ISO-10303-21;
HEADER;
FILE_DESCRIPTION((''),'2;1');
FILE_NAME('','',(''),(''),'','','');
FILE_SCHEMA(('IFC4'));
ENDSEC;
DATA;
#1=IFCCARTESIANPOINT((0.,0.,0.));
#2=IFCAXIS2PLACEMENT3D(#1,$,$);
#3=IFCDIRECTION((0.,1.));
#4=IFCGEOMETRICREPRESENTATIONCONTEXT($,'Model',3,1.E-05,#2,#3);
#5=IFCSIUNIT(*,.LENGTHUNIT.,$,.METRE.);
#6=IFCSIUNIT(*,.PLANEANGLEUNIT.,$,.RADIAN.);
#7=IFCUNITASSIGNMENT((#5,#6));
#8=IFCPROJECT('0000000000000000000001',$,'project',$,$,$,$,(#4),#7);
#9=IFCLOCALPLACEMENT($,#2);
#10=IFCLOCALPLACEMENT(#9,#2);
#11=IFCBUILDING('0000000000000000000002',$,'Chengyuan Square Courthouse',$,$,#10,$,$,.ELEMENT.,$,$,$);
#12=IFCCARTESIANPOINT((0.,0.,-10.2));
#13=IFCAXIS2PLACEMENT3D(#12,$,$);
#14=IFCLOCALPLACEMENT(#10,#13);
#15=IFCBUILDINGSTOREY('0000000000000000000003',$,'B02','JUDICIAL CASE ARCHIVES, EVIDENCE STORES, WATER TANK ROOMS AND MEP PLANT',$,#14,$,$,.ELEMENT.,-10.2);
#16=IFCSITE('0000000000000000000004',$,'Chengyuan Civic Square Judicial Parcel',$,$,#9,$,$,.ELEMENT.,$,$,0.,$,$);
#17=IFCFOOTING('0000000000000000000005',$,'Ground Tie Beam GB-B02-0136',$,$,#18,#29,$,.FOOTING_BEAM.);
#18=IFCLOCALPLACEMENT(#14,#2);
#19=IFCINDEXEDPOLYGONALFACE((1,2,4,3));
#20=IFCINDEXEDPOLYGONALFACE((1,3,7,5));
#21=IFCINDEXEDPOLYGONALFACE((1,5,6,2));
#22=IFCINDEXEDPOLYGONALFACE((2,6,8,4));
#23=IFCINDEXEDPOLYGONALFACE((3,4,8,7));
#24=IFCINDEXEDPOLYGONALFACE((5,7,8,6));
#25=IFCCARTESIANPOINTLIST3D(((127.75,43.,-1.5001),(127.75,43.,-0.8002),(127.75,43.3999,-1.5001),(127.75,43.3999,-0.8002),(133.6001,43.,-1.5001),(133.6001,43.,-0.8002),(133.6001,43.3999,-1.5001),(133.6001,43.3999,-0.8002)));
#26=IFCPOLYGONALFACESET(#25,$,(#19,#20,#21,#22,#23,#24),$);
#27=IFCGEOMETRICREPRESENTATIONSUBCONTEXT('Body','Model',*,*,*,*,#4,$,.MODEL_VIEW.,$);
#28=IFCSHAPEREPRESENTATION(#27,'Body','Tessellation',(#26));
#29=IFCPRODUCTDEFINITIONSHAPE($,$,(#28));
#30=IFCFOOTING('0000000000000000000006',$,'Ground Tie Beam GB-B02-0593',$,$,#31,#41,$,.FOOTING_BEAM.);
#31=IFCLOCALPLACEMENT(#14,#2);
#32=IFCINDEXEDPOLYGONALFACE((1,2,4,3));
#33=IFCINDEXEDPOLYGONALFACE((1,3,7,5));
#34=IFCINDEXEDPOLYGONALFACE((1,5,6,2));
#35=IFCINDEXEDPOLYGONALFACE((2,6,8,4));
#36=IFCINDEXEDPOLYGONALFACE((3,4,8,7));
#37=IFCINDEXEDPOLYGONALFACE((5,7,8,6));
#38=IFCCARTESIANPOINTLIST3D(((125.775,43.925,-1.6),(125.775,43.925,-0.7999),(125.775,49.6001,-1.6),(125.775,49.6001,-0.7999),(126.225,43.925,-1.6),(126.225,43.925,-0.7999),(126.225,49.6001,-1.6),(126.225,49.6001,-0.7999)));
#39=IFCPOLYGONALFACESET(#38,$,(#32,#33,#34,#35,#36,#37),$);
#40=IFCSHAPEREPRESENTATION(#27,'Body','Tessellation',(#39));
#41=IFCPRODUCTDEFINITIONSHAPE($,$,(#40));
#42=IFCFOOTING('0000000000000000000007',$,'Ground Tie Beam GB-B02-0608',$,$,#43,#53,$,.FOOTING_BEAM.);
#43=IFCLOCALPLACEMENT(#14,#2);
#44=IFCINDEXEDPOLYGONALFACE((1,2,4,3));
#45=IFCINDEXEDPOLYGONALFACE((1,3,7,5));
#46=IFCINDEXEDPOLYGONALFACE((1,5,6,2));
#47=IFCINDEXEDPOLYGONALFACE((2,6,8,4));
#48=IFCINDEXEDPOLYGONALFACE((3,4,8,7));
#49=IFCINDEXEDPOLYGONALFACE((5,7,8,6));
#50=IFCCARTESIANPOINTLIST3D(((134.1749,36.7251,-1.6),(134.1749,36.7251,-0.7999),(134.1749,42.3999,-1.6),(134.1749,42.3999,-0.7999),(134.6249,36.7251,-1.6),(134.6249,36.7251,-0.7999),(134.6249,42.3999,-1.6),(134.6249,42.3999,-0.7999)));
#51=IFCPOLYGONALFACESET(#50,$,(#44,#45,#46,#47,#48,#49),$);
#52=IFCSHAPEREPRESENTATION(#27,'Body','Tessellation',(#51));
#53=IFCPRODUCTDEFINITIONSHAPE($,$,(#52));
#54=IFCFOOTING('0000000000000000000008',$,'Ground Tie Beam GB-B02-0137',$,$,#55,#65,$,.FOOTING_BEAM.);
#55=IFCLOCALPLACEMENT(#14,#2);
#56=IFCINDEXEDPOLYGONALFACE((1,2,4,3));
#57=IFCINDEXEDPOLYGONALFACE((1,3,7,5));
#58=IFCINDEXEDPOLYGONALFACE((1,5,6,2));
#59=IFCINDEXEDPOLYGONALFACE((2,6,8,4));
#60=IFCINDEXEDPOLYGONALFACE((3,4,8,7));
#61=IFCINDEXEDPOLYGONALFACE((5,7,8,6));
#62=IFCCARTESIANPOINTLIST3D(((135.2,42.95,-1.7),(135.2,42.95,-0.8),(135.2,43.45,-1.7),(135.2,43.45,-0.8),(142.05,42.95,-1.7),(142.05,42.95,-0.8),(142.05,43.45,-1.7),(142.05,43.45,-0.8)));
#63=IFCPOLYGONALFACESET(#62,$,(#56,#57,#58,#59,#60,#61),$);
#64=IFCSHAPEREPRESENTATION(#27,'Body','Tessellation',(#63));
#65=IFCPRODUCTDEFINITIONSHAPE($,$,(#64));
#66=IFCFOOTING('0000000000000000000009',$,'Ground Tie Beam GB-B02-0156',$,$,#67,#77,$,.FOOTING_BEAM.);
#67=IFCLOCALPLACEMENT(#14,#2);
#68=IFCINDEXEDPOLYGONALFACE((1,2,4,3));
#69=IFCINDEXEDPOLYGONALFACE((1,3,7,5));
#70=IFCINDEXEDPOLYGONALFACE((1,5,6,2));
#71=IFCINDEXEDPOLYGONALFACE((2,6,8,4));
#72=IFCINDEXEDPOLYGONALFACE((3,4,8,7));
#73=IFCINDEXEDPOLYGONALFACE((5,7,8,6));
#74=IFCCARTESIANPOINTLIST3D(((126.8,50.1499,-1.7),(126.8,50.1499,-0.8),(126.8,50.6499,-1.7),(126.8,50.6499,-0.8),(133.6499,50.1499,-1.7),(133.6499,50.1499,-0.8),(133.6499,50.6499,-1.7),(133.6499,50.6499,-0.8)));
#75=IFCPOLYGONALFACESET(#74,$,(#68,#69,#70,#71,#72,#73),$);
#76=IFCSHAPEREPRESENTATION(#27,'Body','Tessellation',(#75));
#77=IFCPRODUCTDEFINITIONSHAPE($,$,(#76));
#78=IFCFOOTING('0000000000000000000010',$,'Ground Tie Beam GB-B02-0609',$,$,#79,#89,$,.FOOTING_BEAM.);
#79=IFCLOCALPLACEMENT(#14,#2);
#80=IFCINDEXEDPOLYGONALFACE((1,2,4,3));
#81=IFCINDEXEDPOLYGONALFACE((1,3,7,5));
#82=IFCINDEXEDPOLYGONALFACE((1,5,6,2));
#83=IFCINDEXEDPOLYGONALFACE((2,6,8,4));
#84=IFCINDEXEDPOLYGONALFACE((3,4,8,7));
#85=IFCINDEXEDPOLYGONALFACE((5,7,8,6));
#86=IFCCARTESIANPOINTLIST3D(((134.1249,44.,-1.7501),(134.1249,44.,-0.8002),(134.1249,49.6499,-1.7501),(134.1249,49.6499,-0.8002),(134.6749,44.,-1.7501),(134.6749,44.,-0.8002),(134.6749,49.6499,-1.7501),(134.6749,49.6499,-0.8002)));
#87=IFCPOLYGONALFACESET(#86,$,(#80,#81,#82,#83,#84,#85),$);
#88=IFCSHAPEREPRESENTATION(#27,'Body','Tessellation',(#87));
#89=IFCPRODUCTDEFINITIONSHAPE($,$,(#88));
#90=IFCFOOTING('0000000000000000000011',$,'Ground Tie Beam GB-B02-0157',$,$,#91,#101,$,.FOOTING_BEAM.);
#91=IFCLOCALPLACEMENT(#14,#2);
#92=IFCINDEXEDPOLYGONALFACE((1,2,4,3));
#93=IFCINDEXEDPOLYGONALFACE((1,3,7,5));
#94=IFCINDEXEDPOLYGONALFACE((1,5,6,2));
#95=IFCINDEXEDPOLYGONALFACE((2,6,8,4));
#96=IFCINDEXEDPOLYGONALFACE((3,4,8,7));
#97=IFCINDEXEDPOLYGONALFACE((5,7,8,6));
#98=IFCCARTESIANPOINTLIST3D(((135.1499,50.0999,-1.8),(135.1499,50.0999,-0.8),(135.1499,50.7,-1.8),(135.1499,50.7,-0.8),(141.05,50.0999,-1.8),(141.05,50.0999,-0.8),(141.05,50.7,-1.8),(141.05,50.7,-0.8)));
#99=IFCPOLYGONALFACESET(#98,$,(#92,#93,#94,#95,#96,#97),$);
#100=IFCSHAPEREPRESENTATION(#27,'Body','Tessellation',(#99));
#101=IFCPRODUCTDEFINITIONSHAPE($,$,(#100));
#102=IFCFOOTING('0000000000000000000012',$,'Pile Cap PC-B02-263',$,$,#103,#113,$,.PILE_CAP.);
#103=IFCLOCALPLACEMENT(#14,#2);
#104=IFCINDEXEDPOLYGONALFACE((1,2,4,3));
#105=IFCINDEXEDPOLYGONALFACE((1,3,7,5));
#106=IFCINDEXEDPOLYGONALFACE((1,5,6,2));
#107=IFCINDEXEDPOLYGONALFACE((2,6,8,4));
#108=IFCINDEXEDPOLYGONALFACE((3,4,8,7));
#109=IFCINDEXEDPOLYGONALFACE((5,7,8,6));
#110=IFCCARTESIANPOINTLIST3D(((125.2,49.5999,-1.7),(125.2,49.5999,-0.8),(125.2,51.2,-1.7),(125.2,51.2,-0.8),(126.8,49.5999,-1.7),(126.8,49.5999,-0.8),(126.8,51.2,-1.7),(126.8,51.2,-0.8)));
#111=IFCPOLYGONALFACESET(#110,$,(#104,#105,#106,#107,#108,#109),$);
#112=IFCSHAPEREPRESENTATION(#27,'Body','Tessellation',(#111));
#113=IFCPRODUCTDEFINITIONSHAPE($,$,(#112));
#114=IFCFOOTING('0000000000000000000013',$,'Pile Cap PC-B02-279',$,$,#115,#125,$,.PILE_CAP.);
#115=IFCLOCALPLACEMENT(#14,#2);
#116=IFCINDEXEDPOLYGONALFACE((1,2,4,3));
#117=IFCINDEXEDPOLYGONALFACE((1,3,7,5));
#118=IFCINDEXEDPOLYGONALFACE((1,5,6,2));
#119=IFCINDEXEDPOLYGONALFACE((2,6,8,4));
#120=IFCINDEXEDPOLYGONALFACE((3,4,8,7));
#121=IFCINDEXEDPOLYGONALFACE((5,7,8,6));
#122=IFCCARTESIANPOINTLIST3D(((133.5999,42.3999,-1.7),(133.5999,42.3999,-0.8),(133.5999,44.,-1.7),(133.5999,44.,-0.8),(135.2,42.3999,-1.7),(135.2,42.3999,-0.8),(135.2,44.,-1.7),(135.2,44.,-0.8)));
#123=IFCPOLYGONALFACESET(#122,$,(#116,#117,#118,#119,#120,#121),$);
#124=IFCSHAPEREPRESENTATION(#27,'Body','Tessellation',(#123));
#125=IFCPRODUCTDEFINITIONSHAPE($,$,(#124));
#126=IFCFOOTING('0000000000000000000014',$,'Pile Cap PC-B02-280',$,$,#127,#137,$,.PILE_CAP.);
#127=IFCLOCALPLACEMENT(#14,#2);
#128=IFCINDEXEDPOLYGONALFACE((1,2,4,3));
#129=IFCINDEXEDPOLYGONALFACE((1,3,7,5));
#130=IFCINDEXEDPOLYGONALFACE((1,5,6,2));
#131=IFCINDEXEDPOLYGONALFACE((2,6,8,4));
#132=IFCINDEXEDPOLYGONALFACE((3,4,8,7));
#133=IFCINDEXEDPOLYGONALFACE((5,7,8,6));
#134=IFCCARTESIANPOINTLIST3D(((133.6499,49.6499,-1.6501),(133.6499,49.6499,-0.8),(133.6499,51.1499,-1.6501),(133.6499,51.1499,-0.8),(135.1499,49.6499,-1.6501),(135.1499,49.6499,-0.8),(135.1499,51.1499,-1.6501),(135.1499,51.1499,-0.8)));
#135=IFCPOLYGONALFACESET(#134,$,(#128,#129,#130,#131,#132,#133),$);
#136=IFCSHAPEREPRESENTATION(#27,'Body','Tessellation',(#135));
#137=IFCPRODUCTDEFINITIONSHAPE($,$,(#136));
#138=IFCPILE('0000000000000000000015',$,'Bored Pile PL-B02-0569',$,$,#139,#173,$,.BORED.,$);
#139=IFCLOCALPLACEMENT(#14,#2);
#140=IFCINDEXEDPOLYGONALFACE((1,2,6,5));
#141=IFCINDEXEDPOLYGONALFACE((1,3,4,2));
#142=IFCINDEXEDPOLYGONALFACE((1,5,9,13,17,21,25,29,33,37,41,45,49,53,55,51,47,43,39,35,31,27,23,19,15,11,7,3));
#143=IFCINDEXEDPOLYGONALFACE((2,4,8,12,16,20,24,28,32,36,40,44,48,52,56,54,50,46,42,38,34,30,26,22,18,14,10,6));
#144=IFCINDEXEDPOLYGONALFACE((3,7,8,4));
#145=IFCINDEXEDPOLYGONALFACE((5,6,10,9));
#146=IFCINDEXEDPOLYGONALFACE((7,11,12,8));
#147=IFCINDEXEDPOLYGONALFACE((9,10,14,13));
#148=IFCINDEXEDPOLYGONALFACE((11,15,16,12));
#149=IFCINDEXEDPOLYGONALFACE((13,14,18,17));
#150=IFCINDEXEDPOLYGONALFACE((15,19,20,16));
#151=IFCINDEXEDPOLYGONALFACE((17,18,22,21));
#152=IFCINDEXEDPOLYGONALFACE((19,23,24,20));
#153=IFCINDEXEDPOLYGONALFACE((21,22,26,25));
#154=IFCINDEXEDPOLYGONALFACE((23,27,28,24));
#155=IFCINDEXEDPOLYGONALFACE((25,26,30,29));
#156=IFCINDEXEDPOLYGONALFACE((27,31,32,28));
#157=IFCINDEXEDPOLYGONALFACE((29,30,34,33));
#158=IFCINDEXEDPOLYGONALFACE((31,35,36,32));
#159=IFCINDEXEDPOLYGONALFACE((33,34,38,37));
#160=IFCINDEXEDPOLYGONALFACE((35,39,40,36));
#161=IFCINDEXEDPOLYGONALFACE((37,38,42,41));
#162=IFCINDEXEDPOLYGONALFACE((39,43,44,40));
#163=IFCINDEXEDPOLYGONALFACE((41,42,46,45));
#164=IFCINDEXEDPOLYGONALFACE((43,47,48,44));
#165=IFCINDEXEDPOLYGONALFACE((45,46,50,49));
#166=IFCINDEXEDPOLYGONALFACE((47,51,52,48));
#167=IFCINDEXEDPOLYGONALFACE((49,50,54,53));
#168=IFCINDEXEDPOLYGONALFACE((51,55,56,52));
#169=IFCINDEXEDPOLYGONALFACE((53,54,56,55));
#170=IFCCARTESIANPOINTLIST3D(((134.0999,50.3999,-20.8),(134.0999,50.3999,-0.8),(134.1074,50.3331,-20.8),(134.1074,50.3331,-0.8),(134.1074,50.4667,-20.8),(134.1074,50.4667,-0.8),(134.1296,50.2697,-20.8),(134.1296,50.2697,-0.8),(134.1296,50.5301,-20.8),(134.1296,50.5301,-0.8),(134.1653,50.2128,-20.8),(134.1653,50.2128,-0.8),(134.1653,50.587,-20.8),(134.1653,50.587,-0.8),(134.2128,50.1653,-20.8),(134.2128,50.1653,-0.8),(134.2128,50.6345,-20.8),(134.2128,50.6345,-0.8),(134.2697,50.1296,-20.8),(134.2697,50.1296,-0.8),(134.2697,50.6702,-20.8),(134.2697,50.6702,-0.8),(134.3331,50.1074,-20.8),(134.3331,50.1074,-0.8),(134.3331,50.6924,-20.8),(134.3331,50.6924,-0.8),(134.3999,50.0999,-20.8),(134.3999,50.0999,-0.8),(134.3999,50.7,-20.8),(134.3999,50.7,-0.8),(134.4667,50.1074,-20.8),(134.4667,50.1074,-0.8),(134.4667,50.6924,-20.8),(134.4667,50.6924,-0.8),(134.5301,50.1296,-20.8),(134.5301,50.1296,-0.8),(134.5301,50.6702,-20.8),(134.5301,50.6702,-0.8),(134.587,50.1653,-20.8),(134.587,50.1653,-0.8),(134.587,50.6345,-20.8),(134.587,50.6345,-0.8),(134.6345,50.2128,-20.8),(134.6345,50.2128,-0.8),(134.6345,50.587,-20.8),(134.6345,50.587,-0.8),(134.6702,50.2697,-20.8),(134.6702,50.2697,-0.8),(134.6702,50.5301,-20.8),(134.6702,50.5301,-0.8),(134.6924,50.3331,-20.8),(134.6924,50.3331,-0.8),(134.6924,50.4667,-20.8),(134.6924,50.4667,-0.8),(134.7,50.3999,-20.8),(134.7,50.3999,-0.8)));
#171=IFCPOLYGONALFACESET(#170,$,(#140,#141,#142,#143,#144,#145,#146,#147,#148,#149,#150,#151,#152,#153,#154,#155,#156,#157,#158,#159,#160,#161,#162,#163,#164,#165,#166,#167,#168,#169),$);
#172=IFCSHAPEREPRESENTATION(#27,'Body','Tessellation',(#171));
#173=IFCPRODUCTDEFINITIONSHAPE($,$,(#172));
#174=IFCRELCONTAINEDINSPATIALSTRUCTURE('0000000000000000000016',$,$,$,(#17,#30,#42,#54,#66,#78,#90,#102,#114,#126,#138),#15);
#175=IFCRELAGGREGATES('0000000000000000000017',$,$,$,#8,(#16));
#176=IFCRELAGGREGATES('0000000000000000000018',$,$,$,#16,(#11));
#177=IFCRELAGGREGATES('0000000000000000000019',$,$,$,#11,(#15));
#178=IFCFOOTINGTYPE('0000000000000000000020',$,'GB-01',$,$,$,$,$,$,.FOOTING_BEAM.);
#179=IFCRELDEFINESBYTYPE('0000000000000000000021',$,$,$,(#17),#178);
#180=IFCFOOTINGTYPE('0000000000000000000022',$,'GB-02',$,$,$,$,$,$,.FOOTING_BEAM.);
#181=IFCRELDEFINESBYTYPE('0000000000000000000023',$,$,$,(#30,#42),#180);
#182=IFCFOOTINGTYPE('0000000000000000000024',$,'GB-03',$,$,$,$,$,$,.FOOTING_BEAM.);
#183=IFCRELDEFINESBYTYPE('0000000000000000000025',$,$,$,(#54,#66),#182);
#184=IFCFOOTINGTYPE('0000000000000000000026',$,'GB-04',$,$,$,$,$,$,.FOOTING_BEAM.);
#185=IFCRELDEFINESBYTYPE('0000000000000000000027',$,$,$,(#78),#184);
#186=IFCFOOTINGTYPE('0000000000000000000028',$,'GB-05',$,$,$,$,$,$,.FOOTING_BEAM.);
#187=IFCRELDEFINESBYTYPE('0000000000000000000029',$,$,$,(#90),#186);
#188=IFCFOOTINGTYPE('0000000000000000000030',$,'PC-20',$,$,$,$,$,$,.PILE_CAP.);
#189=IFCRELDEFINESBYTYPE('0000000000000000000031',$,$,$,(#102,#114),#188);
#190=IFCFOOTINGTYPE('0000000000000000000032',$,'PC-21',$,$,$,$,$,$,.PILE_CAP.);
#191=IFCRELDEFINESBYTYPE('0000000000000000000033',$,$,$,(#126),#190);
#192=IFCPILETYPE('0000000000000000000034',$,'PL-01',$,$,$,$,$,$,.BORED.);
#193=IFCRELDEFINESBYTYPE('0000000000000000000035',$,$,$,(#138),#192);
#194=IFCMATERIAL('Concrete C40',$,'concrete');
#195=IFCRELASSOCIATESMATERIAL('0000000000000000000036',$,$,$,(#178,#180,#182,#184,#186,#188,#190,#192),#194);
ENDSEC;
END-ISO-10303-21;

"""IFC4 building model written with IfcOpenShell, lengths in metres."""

from ifc_helpers import new_model, si_unit, direction, frame, origin, origin_2d, place, context, subcontext, project, spatial, rectangle, circle, extrude, material, material_profile, profile_set, type_object, element, save


model = new_model("IFC4")

# Units and contexts
model_context = context("Model", 3, precision=1e-05, world=origin(), true_north=direction((0.0, 1.0)))
body_context = subcontext(model_context, "Body", "Model", "MODEL_VIEW")
ifc_project = project(units=[si_unit("LENGTHUNIT", "METRE"), si_unit("PLANEANGLEUNIT", "RADIAN")], contexts=[model_context])

# Site, building, storey
site_placement = place(None, origin())
site = spatial("IfcSite", under=ifc_project, at=site_placement, Name="Chengyuan Civic Square Judicial Parcel", CompositionType="ELEMENT", RefElevation=0.0)
building_placement = place(site_placement, origin())
building = spatial("IfcBuilding", under=site, at=building_placement, Name="Chengyuan Square Courthouse", CompositionType="ELEMENT")
storey_placement = place(building_placement, frame((0.0, 0.0, -10.2)))
storey = spatial("IfcBuildingStorey", under=building, at=storey_placement, Name="B02", Description="JUDICIAL CASE ARCHIVES, EVIDENCE STORES, WATER TANK ROOMS AND MEP PLANT", CompositionType="ELEMENT", Elevation=-10.2)

# Footings
ifc_material_1 = material(Name="Concrete C40", Category="concrete")
ifc_material_profile_1 = material_profile(ifc_material_1, rectangle(XDim=0.3999, YDim=0.7, at=origin_2d()), Name="GB-400x700")
ifc_profile_set_1 = profile_set([ifc_material_profile_1], Name="Concrete C40")
footing_type_1 = type_object("IfcFootingType", Name="GB-01", PredefinedType="FOOTING_BEAM", material=ifc_profile_set_1)
footing_1_placement = place(storey_placement, frame((127.75, 43.2, -1.1501), z_axis=(1.0, 0.0, 0.0), x_axis=(0.0, 1.0, 0.0)))
element("IfcFooting", 1, at=footing_1_placement, inside=storey, type_object=footing_type_1, Name="Ground Tie Beam GB-B02-0136", PredefinedType="FOOTING_BEAM", context=body_context, shape_type="SweptSolid", body=[
    extrude(rectangle(XDim=0.3999, YDim=0.7, at=origin_2d()), origin(), (0.0, 0.0, 1.0), 5.8501),
])
ifc_material_profile_2 = material_profile(ifc_material_1, rectangle(XDim=0.45, YDim=0.8, at=origin_2d()), Name="GB-450x800")
ifc_profile_set_2 = profile_set([ifc_material_profile_2], Name="Concrete C40")
footing_type_2 = type_object("IfcFootingType", Name="GB-02", PredefinedType="FOOTING_BEAM", material=ifc_profile_set_2)
footing_2_placement = place(storey_placement, frame((126.0, 43.925, -1.2), z_axis=(0.0, 1.0, 0.0), x_axis=(-1.0, 0.0, 0.0)))
element("IfcFooting", 2, at=footing_2_placement, inside=storey, type_object=footing_type_2, Name="Ground Tie Beam GB-B02-0593", PredefinedType="FOOTING_BEAM", context=body_context, shape_type="SweptSolid", body=[
    extrude(rectangle(XDim=0.45, YDim=0.8, at=origin_2d()), origin(), (0.0, 0.0, 1.0), 5.675),
])
footing_3_placement = place(storey_placement, frame((134.3999, 36.7251, -1.2), z_axis=(0.0, 1.0, 0.0), x_axis=(-1.0, 0.0, 0.0)))
element("IfcFooting", 3, at=footing_3_placement, inside=storey, type_object=footing_type_2, Name="Ground Tie Beam GB-B02-0608", PredefinedType="FOOTING_BEAM", context=body_context, shape_type="SweptSolid", body=[
    extrude(rectangle(XDim=0.45, YDim=0.8, at=origin_2d()), origin(), (0.0, 0.0, 1.0), 5.6748),
])
ifc_material_profile_3 = material_profile(ifc_material_1, rectangle(XDim=0.5, YDim=0.8999, at=origin_2d()), Name="GB-500x900")
ifc_profile_set_3 = profile_set([ifc_material_profile_3], Name="Concrete C40")
footing_type_3 = type_object("IfcFootingType", Name="GB-03", PredefinedType="FOOTING_BEAM", material=ifc_profile_set_3)
footing_4_placement = place(storey_placement, frame((135.2, 43.2, -1.25), z_axis=(1.0, 0.0, 0.0), x_axis=(0.0, 1.0, 0.0)))
element("IfcFooting", 4, at=footing_4_placement, inside=storey, type_object=footing_type_3, Name="Ground Tie Beam GB-B02-0137", PredefinedType="FOOTING_BEAM", context=body_context, shape_type="SweptSolid", body=[
    extrude(rectangle(XDim=0.5, YDim=0.8999, at=origin_2d()), origin(), (0.0, 0.0, 1.0), 6.8501),
])
footing_5_placement = place(storey_placement, frame((126.8, 50.3999, -1.25), z_axis=(1.0, 0.0, 0.0), x_axis=(0.0, 1.0, 0.0)))
element("IfcFooting", 5, at=footing_5_placement, inside=storey, type_object=footing_type_3, Name="Ground Tie Beam GB-B02-0156", PredefinedType="FOOTING_BEAM", context=body_context, shape_type="SweptSolid", body=[
    extrude(rectangle(XDim=0.5, YDim=0.8999, at=origin_2d()), origin(), (0.0, 0.0, 1.0), 6.8499),
])
ifc_material_profile_4 = material_profile(ifc_material_1, rectangle(XDim=0.55, YDim=0.95, at=origin_2d()), Name="GB-550x950")
ifc_profile_set_4 = profile_set([ifc_material_profile_4], Name="Concrete C40")
footing_type_4 = type_object("IfcFootingType", Name="GB-04", PredefinedType="FOOTING_BEAM", material=ifc_profile_set_4)
footing_6_placement = place(storey_placement, frame((134.3999, 44.0, -1.2751), z_axis=(0.0, 1.0, 0.0), x_axis=(-1.0, 0.0, 0.0)))
element("IfcFooting", 6, at=footing_6_placement, inside=storey, type_object=footing_type_4, Name="Ground Tie Beam GB-B02-0609", PredefinedType="FOOTING_BEAM", context=body_context, shape_type="SweptSolid", body=[
    extrude(rectangle(XDim=0.55, YDim=0.95, at=origin_2d()), origin(), (0.0, 0.0, 1.0), 5.6499),
])
ifc_material_profile_5 = material_profile(ifc_material_1, rectangle(XDim=0.6001, YDim=1.0, at=origin_2d()), Name="GB-600x1000")
ifc_profile_set_5 = profile_set([ifc_material_profile_5], Name="Concrete C40")
footing_type_5 = type_object("IfcFootingType", Name="GB-05", PredefinedType="FOOTING_BEAM", material=ifc_profile_set_5)
footing_7_placement = place(storey_placement, frame((135.1499, 50.3999, -1.3), z_axis=(1.0, 0.0, 0.0), x_axis=(0.0, 1.0, 0.0)))
element("IfcFooting", 7, at=footing_7_placement, inside=storey, type_object=footing_type_5, Name="Ground Tie Beam GB-B02-0157", PredefinedType="FOOTING_BEAM", context=body_context, shape_type="SweptSolid", body=[
    extrude(rectangle(XDim=0.6001, YDim=1.0, at=origin_2d()), origin(), (0.0, 0.0, 1.0), 5.9001),
])
footing_type_6 = type_object("IfcFootingType", Name="PC-20", PredefinedType="PILE_CAP", material=ifc_material_1)
for number, where, z_axis, x_axis, name in (
    (8, (126.0, 50.3999, -1.7), (0.0, 0.0, 1.0), (1.0, 0.0, 0.0), "Pile Cap PC-B02-263"),
    (9, (134.3999, 43.2, -1.7), (0.0, 0.0, 1.0), (1.0, 0.0, 0.0), "Pile Cap PC-B02-279"),
):
    element("IfcFooting", number, at=place(storey_placement, frame(where, z_axis=z_axis, x_axis=x_axis)), inside=storey, type_object=footing_type_6, Name=name, PredefinedType="PILE_CAP", context=body_context, shape_type="SweptSolid", body=[
        extrude(rectangle(XDim=1.6001, YDim=1.6001, at=origin_2d()), origin(), (0.0, 0.0, 1.0), 0.8999),
    ])
footing_type_7 = type_object("IfcFootingType", Name="PC-21", PredefinedType="PILE_CAP", material=ifc_material_1)
footing_8_placement = place(storey_placement, frame((134.3999, 50.3999, -1.6501), z_axis=(0.0, 0.0, 1.0), x_axis=(1.0, 0.0, 0.0)))
element("IfcFooting", 10, at=footing_8_placement, inside=storey, type_object=footing_type_7, Name="Pile Cap PC-B02-280", PredefinedType="PILE_CAP", context=body_context, shape_type="SweptSolid", body=[
    extrude(rectangle(XDim=1.5, YDim=1.5, at=origin_2d()), origin(), (0.0, 0.0, 1.0), 0.8501),
])

# Pile
ifc_material_profile_6 = material_profile(ifc_material_1, circle(Radius=0.3, at=origin_2d()), Name="BORED PILE D600")
ifc_profile_set_6 = profile_set([ifc_material_profile_6], Name="Concrete C40")
pile_type_1 = type_object("IfcPileType", Name="PL-01", PredefinedType="BORED", material=ifc_profile_set_6)
pile_placement = place(storey_placement, frame((134.3999, 50.3999, -0.8), z_axis=(0.0, 0.0, -1.0), x_axis=(1.0, 0.0, 0.0)))
element("IfcPile", 11, at=pile_placement, inside=storey, type_object=pile_type_1, Name="Bored Pile PL-B02-0569", PredefinedType="BORED", context=body_context, shape_type="SweptSolid", body=[
    extrude(circle(Radius=0.3, at=origin_2d()), origin(), (0.0, 0.0, 1.0), 20.0),
])

save(model, "model.ifc")
